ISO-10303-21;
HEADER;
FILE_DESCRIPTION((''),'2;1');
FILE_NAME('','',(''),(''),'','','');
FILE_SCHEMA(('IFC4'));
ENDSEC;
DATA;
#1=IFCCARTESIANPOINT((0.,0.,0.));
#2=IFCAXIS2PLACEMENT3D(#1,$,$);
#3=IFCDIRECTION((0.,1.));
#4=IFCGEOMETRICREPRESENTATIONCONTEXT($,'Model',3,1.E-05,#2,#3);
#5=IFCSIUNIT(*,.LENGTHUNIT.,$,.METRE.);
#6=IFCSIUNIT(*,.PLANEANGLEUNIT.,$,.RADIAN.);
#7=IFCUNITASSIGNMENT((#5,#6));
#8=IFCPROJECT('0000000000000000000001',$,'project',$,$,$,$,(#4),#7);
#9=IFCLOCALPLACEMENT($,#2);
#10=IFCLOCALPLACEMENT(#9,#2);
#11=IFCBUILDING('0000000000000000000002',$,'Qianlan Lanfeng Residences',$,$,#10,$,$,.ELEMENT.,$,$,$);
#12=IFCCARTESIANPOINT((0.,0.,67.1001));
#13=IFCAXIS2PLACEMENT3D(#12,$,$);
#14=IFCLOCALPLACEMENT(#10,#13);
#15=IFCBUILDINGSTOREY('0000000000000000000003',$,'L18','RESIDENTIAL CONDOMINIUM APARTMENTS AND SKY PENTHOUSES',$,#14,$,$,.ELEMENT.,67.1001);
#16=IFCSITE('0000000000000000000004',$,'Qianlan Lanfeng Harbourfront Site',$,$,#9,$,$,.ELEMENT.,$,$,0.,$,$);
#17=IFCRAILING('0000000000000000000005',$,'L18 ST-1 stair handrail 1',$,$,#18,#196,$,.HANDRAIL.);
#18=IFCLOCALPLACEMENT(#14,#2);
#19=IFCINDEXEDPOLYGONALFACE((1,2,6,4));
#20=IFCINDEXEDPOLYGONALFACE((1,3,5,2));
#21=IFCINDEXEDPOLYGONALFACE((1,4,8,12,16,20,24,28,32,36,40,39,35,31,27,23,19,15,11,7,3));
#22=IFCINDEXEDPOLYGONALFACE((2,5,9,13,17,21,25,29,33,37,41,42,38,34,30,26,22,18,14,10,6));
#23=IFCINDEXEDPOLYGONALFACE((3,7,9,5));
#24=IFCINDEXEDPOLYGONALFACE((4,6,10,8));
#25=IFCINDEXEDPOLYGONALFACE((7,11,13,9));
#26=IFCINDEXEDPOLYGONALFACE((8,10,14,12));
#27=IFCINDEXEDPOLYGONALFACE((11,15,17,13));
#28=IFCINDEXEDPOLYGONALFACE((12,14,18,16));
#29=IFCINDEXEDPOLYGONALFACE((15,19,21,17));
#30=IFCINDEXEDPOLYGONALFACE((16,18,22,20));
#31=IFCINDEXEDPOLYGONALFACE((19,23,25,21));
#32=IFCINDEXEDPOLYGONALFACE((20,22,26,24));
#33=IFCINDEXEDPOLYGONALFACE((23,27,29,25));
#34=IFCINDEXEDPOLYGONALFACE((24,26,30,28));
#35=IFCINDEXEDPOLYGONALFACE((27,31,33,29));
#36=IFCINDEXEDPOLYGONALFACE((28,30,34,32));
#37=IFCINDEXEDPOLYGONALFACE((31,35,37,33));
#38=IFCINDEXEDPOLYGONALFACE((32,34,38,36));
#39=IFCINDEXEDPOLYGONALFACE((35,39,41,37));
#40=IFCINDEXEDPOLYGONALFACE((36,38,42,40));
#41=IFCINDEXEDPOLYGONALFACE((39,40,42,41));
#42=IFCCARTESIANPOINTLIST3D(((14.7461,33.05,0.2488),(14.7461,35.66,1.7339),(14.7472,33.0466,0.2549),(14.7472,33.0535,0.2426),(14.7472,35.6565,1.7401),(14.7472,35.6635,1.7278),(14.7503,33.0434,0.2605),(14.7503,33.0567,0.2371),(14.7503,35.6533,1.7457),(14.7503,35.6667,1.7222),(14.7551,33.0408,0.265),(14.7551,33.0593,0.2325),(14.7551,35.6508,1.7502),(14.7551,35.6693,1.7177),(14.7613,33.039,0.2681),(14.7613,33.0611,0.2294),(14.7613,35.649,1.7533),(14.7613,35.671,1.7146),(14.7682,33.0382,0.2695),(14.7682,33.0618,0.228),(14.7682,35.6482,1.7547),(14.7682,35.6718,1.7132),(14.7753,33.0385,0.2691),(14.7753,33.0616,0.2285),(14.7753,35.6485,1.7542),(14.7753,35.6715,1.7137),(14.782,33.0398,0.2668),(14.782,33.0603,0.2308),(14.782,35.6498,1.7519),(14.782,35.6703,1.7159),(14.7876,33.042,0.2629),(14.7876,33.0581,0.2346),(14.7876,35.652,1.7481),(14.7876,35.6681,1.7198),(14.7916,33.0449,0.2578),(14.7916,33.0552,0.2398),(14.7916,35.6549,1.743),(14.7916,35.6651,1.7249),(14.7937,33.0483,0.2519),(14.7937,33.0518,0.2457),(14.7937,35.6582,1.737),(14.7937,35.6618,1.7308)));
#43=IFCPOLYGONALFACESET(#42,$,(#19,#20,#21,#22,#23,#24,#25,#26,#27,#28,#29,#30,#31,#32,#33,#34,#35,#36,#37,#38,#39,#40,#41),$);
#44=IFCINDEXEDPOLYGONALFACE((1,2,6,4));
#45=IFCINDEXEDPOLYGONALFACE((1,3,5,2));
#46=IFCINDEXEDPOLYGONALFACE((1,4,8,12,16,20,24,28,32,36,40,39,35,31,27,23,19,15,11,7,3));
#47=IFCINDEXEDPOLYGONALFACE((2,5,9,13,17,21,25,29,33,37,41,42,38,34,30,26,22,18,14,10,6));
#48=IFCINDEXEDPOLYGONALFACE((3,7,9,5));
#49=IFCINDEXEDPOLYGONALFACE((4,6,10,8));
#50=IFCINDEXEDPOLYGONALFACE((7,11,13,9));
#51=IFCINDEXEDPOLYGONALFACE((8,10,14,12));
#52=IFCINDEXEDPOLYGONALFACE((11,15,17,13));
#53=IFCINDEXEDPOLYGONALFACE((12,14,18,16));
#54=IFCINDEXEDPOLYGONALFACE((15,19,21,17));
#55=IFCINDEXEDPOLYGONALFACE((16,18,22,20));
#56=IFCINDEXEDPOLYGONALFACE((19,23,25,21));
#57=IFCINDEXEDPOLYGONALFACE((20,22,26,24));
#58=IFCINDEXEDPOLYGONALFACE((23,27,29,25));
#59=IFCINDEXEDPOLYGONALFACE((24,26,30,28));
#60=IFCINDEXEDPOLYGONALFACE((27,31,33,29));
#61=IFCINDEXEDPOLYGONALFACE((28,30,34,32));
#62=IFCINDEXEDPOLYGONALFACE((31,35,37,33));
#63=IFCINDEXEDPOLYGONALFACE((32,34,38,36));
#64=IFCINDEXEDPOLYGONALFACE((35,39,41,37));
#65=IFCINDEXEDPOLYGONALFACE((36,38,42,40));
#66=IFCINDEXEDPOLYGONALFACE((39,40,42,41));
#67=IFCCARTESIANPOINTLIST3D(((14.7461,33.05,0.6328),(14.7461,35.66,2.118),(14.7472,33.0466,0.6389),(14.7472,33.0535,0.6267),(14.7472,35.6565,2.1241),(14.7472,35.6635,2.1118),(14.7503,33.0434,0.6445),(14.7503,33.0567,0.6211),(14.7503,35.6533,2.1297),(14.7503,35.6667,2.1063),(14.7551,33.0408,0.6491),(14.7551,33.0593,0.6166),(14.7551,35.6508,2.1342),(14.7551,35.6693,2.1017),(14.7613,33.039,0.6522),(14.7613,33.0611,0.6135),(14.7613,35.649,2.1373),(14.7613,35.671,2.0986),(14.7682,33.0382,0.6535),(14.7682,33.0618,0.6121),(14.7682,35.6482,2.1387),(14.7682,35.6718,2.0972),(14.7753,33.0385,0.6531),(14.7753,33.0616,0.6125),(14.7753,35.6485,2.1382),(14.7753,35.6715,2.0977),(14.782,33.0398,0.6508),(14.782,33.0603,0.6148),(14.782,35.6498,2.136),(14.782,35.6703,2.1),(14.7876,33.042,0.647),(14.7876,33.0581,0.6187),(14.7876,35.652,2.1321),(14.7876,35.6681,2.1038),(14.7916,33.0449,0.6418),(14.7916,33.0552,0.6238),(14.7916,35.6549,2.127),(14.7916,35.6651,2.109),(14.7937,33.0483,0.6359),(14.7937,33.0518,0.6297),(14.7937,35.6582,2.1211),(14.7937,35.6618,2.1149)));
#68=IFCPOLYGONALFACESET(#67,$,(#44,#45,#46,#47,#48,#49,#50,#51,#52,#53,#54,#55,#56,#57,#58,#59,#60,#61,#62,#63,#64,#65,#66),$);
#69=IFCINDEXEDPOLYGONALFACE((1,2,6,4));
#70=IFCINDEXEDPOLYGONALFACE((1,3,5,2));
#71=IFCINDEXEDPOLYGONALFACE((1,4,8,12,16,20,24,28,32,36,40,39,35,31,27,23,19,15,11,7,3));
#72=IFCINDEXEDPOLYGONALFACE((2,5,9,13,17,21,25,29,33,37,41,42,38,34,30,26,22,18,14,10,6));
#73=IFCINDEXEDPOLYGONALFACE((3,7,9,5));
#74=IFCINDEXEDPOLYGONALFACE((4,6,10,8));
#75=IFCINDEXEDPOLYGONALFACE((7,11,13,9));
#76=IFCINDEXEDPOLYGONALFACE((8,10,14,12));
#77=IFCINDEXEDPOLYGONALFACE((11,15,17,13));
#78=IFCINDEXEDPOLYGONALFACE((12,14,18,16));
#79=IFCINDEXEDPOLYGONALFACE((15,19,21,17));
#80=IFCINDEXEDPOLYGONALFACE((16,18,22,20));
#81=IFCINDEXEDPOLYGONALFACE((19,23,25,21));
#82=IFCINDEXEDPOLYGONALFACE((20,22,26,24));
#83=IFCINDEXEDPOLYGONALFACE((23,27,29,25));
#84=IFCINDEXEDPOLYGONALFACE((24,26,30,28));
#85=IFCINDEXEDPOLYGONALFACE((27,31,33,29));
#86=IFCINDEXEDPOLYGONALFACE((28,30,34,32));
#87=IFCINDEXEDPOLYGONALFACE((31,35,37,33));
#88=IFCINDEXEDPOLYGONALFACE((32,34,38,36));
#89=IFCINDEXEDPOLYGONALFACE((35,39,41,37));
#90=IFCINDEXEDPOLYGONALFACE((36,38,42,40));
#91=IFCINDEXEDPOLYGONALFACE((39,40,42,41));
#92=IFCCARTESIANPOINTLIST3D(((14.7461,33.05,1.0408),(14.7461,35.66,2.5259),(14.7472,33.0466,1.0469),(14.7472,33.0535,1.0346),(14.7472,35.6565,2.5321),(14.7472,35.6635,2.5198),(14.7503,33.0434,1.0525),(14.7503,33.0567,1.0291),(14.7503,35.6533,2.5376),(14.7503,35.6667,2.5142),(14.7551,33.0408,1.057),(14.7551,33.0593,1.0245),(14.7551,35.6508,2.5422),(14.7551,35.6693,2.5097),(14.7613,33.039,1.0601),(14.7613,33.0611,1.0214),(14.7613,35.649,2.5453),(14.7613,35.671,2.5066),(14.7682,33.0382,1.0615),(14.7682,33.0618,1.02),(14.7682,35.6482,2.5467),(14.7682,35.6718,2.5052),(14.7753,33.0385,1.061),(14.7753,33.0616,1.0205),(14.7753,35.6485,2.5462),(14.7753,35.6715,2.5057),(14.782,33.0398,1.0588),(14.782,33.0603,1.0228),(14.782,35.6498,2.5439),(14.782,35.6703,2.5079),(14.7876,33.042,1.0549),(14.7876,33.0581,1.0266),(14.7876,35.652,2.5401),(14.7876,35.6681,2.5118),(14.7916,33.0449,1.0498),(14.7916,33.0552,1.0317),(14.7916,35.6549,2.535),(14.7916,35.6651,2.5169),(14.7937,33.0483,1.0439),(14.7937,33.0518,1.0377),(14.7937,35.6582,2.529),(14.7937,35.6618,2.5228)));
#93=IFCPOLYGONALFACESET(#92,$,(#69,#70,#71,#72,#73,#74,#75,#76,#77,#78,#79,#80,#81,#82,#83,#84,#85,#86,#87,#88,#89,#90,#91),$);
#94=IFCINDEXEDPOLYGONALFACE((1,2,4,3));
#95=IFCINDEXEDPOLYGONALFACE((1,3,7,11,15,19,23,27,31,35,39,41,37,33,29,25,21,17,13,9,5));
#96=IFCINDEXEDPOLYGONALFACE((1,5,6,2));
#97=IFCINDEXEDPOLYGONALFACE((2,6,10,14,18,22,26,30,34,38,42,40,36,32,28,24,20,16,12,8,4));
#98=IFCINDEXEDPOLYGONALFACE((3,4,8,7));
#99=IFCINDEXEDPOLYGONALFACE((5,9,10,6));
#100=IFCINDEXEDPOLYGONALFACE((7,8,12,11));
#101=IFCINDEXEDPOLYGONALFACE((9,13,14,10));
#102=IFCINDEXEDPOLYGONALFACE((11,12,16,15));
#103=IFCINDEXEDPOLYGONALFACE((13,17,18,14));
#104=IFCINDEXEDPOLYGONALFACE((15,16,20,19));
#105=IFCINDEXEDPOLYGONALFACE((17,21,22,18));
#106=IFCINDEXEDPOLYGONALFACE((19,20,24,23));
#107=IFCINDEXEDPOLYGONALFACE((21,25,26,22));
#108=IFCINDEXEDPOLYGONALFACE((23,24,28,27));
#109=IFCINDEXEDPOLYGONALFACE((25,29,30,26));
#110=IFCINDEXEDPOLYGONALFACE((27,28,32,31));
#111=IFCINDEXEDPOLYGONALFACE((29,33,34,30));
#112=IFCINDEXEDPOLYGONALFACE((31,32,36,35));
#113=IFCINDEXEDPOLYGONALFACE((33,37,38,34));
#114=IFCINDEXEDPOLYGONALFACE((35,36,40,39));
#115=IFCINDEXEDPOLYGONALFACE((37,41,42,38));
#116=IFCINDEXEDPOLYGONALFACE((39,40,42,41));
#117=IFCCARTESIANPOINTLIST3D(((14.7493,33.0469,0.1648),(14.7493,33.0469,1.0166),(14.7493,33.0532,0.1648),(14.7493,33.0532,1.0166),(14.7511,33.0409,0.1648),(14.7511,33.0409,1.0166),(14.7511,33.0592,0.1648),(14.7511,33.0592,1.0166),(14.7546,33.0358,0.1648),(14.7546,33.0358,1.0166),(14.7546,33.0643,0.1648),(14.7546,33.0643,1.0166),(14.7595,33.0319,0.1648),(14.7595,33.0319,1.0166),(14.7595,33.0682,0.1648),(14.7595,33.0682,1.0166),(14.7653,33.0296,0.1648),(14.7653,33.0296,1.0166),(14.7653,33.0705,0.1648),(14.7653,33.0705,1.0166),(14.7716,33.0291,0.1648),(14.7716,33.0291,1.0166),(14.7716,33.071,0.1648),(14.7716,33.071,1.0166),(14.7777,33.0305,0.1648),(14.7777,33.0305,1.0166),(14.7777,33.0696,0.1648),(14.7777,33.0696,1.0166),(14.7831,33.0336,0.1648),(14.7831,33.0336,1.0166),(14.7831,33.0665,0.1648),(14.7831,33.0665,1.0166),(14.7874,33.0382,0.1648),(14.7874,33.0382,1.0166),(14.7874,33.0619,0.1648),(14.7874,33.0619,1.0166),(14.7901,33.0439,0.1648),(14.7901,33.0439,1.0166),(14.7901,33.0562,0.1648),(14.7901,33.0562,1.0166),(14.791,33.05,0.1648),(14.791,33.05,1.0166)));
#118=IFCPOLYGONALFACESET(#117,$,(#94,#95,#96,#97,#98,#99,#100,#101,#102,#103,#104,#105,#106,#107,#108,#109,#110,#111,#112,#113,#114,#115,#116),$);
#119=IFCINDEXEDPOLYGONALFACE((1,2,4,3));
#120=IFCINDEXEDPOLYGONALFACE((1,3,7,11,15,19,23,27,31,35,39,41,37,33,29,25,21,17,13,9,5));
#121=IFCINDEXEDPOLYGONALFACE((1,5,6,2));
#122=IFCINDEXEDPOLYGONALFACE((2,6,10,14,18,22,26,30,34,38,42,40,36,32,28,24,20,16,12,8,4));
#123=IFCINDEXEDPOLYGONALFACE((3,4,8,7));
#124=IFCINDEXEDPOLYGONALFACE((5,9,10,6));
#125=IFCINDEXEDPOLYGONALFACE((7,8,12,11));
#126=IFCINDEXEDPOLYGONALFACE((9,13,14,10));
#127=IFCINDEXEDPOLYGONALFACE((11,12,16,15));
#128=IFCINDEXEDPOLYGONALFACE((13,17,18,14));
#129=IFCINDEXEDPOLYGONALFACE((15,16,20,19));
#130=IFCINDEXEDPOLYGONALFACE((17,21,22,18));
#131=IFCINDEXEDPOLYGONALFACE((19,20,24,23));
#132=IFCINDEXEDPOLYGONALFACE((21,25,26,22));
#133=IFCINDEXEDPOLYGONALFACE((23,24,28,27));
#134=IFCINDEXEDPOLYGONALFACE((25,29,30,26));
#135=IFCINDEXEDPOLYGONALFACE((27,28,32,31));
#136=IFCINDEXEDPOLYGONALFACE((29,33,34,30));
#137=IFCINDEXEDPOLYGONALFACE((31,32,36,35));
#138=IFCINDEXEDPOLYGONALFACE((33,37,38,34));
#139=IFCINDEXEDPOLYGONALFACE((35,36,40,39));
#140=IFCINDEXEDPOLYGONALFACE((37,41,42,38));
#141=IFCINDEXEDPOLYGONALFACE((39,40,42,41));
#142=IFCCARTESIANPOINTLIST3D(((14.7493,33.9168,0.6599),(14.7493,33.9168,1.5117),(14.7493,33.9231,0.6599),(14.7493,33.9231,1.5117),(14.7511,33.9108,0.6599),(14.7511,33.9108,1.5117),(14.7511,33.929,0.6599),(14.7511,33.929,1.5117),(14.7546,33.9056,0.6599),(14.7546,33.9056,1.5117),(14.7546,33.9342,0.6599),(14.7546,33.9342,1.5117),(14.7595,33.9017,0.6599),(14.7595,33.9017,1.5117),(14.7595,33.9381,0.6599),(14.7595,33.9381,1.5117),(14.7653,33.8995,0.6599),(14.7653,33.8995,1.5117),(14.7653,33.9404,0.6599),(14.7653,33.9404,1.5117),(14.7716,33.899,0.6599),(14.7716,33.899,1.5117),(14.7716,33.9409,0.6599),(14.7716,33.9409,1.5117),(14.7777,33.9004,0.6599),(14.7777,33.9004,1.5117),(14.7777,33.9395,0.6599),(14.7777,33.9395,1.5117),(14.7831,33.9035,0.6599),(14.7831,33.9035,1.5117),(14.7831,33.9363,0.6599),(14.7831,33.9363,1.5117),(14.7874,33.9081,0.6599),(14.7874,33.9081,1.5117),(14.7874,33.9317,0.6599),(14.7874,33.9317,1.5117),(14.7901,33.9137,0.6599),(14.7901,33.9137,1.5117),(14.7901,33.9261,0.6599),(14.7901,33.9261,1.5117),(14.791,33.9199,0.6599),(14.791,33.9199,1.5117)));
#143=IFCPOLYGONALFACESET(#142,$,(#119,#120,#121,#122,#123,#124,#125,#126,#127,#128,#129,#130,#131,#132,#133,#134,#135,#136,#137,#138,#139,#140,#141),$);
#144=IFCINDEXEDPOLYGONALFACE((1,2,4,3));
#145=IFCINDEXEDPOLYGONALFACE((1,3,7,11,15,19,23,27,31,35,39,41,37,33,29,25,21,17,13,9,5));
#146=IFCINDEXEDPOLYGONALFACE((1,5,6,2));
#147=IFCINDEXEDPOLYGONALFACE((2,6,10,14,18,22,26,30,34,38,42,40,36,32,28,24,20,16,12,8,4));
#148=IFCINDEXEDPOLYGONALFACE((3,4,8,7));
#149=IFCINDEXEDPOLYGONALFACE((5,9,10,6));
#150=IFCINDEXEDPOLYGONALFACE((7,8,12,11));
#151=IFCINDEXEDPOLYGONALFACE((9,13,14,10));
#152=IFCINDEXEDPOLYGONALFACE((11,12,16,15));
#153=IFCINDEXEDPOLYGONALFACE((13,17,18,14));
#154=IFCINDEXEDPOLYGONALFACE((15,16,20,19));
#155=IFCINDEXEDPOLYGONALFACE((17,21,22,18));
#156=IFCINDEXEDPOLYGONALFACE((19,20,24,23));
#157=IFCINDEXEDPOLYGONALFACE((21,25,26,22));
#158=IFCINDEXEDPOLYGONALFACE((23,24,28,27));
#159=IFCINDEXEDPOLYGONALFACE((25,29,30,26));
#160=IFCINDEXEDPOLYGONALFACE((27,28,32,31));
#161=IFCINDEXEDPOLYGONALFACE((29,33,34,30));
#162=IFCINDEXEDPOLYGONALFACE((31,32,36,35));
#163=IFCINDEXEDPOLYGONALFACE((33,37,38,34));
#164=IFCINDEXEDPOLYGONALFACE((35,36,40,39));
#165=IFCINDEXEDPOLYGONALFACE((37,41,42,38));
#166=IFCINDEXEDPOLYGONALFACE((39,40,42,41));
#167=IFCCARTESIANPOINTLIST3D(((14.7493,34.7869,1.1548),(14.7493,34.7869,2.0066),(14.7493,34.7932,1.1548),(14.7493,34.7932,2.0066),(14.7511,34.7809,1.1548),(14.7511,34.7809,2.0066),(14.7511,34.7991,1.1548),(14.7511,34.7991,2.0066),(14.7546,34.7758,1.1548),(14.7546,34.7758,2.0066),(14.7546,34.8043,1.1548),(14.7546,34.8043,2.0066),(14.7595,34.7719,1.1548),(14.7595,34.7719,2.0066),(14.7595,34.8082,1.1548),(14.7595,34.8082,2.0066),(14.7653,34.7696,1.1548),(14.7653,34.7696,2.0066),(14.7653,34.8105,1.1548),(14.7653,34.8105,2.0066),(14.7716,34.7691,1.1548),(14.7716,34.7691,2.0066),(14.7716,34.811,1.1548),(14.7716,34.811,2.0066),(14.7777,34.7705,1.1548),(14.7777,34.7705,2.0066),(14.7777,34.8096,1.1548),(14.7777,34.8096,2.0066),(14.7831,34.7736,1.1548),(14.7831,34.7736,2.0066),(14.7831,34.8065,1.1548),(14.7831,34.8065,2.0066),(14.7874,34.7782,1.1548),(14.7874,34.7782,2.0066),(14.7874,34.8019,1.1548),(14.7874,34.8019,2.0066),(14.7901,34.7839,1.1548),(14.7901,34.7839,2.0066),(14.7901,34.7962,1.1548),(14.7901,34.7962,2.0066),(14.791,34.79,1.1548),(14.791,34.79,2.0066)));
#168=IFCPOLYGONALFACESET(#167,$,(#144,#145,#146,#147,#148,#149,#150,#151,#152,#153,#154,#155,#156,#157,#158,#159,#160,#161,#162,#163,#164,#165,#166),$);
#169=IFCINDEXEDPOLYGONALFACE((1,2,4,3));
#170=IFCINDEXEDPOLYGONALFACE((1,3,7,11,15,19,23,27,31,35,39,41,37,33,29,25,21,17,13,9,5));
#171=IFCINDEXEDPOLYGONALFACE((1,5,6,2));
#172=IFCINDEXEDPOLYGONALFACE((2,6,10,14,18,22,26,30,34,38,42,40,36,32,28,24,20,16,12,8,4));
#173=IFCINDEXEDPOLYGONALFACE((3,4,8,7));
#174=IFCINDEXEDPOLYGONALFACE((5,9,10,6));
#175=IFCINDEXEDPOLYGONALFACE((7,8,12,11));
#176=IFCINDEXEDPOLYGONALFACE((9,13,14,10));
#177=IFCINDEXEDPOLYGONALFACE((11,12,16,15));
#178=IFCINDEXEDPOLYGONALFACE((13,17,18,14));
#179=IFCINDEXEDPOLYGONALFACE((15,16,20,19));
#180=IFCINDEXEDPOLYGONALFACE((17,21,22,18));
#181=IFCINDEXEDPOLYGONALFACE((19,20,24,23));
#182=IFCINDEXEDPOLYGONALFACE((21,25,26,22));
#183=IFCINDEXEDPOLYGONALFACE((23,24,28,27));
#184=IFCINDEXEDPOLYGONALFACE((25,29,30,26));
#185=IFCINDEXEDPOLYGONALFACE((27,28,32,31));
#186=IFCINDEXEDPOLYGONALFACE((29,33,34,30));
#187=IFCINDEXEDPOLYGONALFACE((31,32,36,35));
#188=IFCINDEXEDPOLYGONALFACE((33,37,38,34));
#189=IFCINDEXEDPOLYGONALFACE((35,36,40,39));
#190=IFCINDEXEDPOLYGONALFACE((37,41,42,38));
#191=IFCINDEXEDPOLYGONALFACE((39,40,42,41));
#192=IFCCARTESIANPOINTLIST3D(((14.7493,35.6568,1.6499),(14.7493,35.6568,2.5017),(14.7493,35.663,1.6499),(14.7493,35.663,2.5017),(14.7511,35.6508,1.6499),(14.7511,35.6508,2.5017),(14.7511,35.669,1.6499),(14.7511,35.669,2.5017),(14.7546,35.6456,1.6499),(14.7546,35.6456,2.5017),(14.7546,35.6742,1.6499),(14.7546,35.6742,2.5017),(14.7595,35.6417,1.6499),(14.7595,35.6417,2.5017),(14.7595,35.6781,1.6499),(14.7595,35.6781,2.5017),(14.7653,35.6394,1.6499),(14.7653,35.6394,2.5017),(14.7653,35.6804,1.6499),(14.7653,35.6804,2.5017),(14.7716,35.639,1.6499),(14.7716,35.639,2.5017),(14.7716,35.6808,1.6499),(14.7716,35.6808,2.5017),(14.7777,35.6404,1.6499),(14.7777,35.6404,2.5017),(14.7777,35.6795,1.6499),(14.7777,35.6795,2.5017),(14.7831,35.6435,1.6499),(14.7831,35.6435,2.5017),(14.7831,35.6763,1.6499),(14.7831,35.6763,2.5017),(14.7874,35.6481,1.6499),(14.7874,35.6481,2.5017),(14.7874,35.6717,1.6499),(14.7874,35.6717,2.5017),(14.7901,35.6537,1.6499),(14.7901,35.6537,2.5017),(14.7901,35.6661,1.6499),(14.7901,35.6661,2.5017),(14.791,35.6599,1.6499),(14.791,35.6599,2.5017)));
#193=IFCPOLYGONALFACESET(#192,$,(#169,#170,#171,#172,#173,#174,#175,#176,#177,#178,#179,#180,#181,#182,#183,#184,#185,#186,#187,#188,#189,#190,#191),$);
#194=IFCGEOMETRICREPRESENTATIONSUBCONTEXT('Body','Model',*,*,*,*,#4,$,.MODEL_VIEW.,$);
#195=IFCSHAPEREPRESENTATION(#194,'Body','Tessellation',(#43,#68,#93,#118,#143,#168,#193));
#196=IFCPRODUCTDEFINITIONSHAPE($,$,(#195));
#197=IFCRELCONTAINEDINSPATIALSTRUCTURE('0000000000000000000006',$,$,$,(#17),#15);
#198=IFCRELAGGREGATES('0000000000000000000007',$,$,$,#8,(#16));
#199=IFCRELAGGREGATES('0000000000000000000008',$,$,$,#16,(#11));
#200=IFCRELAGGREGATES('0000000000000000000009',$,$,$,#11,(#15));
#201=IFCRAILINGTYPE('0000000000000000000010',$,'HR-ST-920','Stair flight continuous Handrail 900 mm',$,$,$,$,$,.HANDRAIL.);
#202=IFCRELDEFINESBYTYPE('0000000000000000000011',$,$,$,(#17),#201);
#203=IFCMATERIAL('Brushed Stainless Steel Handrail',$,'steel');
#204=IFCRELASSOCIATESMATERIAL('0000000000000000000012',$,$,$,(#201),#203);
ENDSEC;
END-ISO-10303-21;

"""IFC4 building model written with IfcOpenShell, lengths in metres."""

from ifc_helpers import new_model, si_unit, direction, frame, origin, origin_2d, place, context, subcontext, project, spatial, circle, extrude, material, type_object, element, save


model = new_model("IFC4")

# Units and contexts
model_context = context("Model", 3, precision=1e-05, world=origin(), true_north=direction((0.0, 1.0)))
body_context = subcontext(model_context, "Body", "Model", "MODEL_VIEW")
ifc_project = project(units=[si_unit("LENGTHUNIT", "METRE"), si_unit("PLANEANGLEUNIT", "RADIAN")], contexts=[model_context])

# Site, building, storey
site_placement = place(None, origin())
site = spatial("IfcSite", under=ifc_project, at=site_placement, Name="Qianlan Lanfeng Harbourfront Site", CompositionType="ELEMENT", RefElevation=0.0)
building_placement = place(site_placement, origin())
building = spatial("IfcBuilding", under=site, at=building_placement, Name="Qianlan Lanfeng Residences", CompositionType="ELEMENT")
storey_placement = place(building_placement, frame((0.0, 0.0, 67.1001)))
storey = spatial("IfcBuildingStorey", under=building, at=storey_placement, Name="L18", Description="RESIDENTIAL CONDOMINIUM APARTMENTS AND SKY PENTHOUSES", CompositionType="ELEMENT", Elevation=67.1001)

# Railing
ifc_material_1 = material(Name="Brushed Stainless Steel Handrail", Category="steel")
railing_type_1 = type_object("IfcRailingType", Name="HR-ST-920", Description="Stair flight continuous Handrail 900 mm", PredefinedType="HANDRAIL", material=ifc_material_1)
railing_1_placement = place(storey_placement, frame((14.77, 33.05, 0.1648)))
element("IfcRailing", 1, at=railing_1_placement, inside=storey, type_object=railing_type_1, Name="L18 ST-1 stair handrail 1", PredefinedType="HANDRAIL", context=body_context, shape_type="SweptSolid", body=[
    extrude(circle(Radius=0.0239, at=origin_2d()), frame((0.0, 0.0, 0.084), z_axis=(0.0, 0.869137, 0.494571), x_axis=(-1.0, 0.0, 0.0)), (0.0, 0.0, 1.0), 3.0029),
    extrude(circle(Radius=0.0239, at=origin_2d()), frame((0.0, 0.0, 0.468), z_axis=(0.0, 0.869137, 0.494571), x_axis=(-1.0, 0.0, 0.0)), (0.0, 0.0, 1.0), 3.0029),
    extrude(circle(Radius=0.0239, at=origin_2d()), frame((0.0, 0.0, 0.876), z_axis=(0.0, 0.869137, 0.494571), x_axis=(-1.0, 0.0, 0.0)), (0.0, 0.0, 1.0), 3.0029),
    extrude(circle(Radius=0.021, at=origin_2d()), origin(), (0.0, 0.0, 1.0), 0.8518),
    extrude(circle(Radius=0.021, at=origin_2d()), frame((0.0, 0.8699, 0.4951)), (0.0, 0.0, 1.0), 0.8518),
    extrude(circle(Radius=0.021, at=origin_2d()), frame((0.0, 1.74, 0.99)), (0.0, 0.0, 1.0), 0.8518),
    extrude(circle(Radius=0.021, at=origin_2d()), frame((0.0, 2.6099, 1.4851)), (0.0, 0.0, 1.0), 0.8518),
])

save(model, "model.ifc")
